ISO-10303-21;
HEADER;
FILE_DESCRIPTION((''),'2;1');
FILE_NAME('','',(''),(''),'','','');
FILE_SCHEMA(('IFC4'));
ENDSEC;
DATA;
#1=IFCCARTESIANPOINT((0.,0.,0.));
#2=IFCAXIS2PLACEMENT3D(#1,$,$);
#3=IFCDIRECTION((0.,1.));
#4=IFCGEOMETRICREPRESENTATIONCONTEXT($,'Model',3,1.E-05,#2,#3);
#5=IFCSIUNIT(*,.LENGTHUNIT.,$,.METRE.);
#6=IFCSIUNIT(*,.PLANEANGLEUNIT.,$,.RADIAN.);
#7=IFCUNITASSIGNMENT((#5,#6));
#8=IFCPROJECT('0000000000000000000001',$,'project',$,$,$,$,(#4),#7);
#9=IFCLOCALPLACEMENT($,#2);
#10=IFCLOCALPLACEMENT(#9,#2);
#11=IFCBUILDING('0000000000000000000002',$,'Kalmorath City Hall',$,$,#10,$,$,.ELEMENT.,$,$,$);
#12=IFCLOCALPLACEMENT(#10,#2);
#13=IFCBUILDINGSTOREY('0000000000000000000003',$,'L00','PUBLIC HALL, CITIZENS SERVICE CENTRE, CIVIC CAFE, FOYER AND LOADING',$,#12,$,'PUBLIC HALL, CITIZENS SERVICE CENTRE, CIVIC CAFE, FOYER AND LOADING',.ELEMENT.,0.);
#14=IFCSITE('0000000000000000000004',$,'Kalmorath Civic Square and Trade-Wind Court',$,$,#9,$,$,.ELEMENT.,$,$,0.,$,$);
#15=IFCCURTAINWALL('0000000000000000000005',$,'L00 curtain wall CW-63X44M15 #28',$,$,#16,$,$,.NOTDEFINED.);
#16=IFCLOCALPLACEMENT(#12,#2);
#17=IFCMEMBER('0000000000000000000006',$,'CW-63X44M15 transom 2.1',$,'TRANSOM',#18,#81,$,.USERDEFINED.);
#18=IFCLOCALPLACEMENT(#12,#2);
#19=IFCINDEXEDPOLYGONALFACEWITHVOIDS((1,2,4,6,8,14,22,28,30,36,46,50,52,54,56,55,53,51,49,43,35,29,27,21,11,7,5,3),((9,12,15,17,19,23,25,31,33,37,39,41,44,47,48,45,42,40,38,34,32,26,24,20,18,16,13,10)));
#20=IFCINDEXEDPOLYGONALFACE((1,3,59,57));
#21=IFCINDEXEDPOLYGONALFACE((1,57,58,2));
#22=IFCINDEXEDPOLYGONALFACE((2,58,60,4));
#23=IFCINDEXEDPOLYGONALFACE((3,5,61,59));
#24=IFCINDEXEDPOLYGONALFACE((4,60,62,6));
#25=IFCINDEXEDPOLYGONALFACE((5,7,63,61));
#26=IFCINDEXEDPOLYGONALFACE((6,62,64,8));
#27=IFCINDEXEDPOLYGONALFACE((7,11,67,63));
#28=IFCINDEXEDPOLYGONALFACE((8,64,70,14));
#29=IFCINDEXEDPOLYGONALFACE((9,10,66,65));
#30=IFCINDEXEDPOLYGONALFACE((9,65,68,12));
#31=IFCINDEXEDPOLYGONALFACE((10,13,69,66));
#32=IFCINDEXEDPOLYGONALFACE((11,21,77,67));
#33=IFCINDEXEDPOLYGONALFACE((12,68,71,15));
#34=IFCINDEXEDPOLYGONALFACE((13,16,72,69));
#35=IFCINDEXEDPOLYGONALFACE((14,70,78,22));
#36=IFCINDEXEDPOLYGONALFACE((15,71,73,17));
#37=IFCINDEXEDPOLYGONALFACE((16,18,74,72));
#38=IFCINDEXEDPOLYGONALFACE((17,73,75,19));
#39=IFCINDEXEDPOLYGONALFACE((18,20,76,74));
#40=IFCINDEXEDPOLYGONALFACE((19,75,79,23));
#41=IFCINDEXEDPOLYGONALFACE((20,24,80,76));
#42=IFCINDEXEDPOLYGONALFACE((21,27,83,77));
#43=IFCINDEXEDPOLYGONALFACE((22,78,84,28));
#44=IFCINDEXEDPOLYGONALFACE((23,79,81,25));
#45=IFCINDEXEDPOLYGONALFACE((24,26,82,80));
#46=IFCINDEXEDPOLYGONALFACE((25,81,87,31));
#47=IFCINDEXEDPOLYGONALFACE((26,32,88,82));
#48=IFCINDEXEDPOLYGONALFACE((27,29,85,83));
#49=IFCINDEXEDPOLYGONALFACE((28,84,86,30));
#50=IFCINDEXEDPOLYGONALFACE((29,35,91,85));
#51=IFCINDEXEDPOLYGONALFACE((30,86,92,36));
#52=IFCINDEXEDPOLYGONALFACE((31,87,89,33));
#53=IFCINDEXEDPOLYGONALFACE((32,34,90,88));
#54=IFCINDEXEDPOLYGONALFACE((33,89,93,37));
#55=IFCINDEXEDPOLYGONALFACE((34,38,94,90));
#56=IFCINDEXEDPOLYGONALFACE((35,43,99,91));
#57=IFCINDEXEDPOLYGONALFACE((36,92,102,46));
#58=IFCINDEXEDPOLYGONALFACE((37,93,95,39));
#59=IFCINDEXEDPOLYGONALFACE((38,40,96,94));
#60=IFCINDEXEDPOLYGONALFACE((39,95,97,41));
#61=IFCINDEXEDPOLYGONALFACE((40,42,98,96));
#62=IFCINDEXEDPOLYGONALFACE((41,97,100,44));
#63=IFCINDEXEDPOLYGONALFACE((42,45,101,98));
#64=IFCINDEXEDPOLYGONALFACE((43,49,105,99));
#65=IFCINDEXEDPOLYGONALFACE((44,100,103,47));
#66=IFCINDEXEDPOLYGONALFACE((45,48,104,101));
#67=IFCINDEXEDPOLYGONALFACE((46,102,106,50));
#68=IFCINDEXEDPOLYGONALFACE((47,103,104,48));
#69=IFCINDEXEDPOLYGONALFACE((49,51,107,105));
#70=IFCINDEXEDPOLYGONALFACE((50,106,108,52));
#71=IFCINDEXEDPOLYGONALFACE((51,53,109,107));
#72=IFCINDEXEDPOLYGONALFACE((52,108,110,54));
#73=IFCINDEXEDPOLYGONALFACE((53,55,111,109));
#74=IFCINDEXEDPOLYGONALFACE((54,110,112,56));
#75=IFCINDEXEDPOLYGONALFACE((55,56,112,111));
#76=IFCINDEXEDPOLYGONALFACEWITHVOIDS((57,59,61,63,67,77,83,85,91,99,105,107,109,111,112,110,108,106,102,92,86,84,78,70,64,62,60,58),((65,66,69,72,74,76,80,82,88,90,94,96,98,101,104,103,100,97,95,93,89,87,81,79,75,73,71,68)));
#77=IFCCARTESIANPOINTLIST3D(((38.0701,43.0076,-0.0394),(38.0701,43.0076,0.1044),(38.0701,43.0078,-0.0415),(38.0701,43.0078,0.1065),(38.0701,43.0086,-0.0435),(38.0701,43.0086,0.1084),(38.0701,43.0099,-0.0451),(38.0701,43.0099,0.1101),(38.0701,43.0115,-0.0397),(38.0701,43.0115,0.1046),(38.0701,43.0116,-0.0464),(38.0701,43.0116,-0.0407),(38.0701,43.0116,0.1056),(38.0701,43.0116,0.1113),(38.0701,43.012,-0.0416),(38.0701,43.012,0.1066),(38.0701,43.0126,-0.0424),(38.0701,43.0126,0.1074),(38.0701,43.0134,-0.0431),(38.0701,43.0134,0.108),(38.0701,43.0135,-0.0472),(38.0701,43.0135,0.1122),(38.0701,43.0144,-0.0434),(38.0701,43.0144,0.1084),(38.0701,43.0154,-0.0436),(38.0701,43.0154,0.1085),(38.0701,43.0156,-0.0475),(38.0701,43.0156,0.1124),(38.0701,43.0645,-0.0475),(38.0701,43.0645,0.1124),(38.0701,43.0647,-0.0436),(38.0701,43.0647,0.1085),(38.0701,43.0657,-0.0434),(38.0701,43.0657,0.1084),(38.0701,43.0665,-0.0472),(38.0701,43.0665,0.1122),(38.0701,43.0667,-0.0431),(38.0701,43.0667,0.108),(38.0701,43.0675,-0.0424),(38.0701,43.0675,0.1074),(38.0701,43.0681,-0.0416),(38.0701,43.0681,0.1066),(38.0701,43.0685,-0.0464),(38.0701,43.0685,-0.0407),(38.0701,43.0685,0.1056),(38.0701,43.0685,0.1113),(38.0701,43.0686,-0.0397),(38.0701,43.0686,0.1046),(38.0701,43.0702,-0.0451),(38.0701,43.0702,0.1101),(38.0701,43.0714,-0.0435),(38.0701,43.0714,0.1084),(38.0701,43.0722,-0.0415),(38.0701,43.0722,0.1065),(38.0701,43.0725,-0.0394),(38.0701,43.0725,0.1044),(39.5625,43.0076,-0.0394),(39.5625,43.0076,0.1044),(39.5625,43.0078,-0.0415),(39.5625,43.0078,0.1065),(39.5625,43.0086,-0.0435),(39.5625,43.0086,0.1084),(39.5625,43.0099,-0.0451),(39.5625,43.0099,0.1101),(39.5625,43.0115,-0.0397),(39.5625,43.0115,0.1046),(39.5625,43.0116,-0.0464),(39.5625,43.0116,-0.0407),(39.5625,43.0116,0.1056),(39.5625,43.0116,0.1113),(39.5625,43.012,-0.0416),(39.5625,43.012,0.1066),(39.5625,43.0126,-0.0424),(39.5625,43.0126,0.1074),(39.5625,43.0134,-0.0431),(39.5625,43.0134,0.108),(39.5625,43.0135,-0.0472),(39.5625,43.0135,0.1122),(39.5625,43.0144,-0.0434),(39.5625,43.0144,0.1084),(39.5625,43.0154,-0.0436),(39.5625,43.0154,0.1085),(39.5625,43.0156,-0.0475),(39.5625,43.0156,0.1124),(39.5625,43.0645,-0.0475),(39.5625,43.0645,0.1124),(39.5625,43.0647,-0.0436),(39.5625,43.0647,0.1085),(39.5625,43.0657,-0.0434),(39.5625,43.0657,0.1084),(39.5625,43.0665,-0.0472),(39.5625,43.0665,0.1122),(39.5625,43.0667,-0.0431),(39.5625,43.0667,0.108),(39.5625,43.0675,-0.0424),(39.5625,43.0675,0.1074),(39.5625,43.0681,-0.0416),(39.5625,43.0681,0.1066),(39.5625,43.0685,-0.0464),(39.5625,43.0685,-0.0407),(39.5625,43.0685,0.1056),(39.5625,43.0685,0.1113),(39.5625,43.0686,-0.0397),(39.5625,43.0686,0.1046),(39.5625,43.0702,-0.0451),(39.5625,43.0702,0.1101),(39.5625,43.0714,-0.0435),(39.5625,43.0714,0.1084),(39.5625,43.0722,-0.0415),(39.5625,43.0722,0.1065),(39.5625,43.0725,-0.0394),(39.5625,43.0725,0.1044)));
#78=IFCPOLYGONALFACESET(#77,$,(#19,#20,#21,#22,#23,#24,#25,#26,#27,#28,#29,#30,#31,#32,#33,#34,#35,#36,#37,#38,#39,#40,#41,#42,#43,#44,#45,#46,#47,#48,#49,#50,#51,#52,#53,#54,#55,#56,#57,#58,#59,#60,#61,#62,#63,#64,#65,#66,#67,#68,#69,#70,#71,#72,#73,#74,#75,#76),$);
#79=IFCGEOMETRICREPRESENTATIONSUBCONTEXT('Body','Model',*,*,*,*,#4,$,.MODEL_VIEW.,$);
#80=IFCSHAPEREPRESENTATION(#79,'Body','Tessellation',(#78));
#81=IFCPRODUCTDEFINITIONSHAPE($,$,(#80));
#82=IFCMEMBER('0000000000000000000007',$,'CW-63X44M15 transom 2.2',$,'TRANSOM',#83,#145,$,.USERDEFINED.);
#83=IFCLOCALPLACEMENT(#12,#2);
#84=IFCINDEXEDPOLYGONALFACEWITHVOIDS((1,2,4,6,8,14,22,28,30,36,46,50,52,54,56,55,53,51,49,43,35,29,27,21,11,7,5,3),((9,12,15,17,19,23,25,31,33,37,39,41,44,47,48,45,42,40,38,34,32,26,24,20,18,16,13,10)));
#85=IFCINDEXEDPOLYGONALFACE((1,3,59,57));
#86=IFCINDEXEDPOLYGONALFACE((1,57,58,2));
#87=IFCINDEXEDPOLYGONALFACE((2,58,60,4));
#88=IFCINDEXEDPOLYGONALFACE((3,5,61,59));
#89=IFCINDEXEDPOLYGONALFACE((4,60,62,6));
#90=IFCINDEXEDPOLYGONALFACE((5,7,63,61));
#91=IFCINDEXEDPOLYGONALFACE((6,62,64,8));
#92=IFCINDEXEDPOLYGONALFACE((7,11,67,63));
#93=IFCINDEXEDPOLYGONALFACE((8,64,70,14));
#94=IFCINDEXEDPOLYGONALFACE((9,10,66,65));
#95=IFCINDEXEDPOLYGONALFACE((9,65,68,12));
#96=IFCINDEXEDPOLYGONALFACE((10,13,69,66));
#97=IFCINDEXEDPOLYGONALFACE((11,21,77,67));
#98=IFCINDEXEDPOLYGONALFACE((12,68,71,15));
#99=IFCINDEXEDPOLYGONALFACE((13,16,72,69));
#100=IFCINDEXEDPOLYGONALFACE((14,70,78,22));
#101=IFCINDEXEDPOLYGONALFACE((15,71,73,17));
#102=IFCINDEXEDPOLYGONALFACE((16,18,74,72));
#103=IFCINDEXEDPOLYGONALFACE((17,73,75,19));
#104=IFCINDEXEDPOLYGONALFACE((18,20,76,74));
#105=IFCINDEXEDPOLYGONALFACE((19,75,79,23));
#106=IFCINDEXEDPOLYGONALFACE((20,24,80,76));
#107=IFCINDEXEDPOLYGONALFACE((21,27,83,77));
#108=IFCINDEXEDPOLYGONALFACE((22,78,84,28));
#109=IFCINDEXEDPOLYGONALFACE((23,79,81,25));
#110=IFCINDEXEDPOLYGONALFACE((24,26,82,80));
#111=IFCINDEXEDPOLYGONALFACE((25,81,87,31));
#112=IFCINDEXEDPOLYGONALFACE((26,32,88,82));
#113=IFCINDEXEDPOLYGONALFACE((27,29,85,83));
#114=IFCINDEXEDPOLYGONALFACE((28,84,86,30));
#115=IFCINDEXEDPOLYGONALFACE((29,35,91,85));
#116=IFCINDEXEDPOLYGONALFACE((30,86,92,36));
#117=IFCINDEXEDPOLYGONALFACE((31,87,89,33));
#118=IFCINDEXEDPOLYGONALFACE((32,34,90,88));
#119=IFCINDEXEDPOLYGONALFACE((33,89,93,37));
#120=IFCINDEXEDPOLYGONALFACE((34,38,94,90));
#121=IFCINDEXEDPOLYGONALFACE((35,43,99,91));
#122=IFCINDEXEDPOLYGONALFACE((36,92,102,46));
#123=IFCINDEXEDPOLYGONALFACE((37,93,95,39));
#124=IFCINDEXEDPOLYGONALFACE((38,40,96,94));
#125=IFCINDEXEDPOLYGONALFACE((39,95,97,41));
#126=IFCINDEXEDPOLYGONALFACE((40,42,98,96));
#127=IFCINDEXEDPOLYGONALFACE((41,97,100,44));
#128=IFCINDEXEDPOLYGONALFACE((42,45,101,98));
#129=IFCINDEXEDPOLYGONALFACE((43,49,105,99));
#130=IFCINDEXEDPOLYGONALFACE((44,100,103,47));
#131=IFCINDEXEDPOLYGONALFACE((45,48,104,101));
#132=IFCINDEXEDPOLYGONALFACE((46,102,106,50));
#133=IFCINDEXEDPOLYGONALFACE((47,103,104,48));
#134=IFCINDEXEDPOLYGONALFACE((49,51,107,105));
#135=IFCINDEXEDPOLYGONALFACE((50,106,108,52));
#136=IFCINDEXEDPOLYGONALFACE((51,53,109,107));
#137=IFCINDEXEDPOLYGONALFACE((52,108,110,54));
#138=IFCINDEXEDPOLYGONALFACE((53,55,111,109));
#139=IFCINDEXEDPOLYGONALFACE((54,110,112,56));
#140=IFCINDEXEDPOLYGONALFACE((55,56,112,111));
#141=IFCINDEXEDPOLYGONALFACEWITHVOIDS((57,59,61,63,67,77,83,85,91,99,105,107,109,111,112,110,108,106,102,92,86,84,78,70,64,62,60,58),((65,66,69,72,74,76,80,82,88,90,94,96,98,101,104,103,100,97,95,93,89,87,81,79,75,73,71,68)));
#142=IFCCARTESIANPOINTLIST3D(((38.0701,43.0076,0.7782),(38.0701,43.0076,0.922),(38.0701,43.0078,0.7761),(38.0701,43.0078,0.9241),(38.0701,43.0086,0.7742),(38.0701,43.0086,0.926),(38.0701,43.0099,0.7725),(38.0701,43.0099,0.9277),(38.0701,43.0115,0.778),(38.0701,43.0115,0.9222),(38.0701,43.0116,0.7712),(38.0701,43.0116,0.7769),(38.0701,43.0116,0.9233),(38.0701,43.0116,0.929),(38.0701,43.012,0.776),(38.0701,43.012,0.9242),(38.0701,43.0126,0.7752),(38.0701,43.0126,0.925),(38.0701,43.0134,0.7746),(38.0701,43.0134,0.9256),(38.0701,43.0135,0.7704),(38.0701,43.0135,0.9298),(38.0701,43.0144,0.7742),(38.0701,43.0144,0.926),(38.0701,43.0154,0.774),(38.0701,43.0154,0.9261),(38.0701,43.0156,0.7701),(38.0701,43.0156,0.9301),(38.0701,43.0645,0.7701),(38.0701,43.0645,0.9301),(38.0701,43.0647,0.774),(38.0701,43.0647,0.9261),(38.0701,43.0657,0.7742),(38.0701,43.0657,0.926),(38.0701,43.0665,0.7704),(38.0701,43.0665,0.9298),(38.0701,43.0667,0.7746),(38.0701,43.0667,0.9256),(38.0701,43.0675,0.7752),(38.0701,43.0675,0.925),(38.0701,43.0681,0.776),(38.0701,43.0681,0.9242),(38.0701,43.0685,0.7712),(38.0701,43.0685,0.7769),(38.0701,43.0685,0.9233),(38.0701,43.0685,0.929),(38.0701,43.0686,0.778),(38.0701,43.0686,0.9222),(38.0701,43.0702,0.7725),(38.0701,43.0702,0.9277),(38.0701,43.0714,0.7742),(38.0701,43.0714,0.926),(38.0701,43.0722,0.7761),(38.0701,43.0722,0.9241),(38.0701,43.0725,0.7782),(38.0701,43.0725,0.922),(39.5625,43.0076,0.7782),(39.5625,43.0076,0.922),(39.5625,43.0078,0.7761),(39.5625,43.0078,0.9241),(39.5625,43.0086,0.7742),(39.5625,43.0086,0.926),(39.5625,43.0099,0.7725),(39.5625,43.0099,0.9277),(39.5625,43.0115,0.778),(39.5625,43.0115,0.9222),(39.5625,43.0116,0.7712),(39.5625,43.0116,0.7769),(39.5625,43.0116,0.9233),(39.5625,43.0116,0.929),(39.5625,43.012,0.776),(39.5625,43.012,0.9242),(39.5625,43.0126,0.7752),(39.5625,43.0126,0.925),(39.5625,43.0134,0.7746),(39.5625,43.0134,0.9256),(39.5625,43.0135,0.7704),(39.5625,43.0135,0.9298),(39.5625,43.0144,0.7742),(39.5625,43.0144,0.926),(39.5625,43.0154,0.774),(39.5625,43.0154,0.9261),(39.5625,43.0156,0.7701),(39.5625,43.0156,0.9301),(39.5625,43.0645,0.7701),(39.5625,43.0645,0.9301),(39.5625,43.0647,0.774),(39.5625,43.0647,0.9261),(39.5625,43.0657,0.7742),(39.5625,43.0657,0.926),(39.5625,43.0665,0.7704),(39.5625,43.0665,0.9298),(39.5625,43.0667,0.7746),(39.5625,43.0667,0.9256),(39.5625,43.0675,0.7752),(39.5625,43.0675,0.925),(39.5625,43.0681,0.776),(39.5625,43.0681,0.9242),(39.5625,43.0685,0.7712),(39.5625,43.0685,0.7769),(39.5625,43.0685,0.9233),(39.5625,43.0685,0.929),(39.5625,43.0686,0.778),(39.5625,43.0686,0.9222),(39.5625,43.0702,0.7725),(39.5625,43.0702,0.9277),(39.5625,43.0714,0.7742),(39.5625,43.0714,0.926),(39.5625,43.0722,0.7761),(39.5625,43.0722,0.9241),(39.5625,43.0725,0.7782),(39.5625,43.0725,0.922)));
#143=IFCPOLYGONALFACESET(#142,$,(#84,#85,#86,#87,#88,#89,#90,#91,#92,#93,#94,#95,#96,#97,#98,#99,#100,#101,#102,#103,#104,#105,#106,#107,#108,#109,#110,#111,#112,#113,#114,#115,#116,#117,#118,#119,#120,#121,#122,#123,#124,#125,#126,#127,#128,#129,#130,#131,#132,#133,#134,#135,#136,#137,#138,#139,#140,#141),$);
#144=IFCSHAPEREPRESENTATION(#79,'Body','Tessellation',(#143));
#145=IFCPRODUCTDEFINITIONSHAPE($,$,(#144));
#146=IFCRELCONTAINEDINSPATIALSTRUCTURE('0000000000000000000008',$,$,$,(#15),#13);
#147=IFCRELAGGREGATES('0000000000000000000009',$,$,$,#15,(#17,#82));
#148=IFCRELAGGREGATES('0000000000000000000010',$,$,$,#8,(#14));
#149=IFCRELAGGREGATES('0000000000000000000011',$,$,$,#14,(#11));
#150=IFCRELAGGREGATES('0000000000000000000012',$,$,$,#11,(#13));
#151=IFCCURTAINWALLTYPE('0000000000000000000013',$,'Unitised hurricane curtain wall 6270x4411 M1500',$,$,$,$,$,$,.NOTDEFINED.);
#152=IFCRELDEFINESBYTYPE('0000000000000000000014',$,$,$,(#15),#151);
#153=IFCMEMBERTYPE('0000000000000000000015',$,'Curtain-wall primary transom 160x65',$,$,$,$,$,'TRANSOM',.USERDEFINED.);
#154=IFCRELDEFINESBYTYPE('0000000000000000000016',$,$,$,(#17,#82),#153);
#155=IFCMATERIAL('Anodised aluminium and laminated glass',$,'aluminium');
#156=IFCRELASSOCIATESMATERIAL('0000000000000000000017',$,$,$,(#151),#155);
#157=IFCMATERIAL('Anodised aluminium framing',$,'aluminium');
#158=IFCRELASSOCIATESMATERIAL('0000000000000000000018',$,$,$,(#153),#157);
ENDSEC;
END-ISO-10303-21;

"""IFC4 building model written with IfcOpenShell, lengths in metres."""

from ifc_helpers import new_model, si_unit, direction, frame, origin, origin_2d, place, context, subcontext, project, spatial, hollow_rectangle, extrude, material, material_profile, profile_set, type_object, element, aggregate, save


model = new_model("IFC4")

# Units and contexts
model_context = context("Model", 3, precision=1e-05, world=origin(), true_north=direction((0.0, 1.0)))
body_context = subcontext(model_context, "Body", "Model", "MODEL_VIEW")
ifc_project = project(units=[si_unit("LENGTHUNIT", "METRE"), si_unit("PLANEANGLEUNIT", "RADIAN")], contexts=[model_context])

# Site, building, storey
site_placement = place(None, origin())
site = spatial("IfcSite", under=ifc_project, at=site_placement, Name="Kalmorath Civic Square and Trade-Wind Court", CompositionType="ELEMENT", RefElevation=0.0)
building_placement = place(site_placement, origin())
building = spatial("IfcBuilding", under=site, at=building_placement, Name="Kalmorath City Hall", CompositionType="ELEMENT")
storey_placement = place(building_placement, origin())
storey = spatial("IfcBuildingStorey", under=building, at=storey_placement, Name="L00", Description="PUBLIC HALL, CITIZENS SERVICE CENTRE, CIVIC CAFE, FOYER AND LOADING", LongName="PUBLIC HALL, CITIZENS SERVICE CENTRE, CIVIC CAFE, FOYER AND LOADING", CompositionType="ELEMENT", Elevation=0.0)

# Curtain wall
ifc_material_1 = material(Name="Anodised aluminium and laminated glass", Category="aluminium")
curtain_wall_type_1 = type_object("IfcCurtainWallType", Name="Unitised hurricane curtain wall 6270x4411 M1500", PredefinedType="NOTDEFINED", material=ifc_material_1)
curtain_wall_1_placement = place(storey_placement, origin())
curtain_wall_1 = element("IfcCurtainWall", 1, at=curtain_wall_1_placement, inside=storey, type_object=curtain_wall_type_1, Name="L00 curtain wall CW-63X44M15 #28", PredefinedType="NOTDEFINED")

# Members
ifc_material_2 = material(Name="Anodised aluminium framing", Category="aluminium")
ifc_material_profile_1 = material_profile(ifc_material_2, hollow_rectangle(XDim=0.0649, YDim=0.1599, WallThickness=0.0039, InnerFilletRadius=0.0039, OuterFilletRadius=0.0081, at=origin_2d()), Name="ALU-TRN-160X65X4")
ifc_profile_set_1 = profile_set([ifc_material_profile_1], Name="Anodised aluminium framing")
member_type_1 = type_object("IfcMemberType", Name="Curtain-wall primary transom 160x65", ElementType="TRANSOM", PredefinedType="USERDEFINED", material=ifc_profile_set_1)
member_1_placement = place(storey_placement, frame((38.0701, 43.04, 0.0325), z_axis=(1.0, 0.0, 0.0), x_axis=(0.0, 1.0, 0.0)))
member_1 = element("IfcMember", 2, at=member_1_placement, type_object=member_type_1, Name="CW-63X44M15 transom 2.1", ObjectType="TRANSOM", PredefinedType="USERDEFINED", context=body_context, shape_type="SweptSolid", body=[
    extrude(hollow_rectangle(XDim=0.0649, YDim=0.1599, WallThickness=0.0039, InnerFilletRadius=0.0039, OuterFilletRadius=0.0081, at=origin_2d()), origin(), (0.0, 0.0, 1.0), 1.4924),
])
member_2_placement = place(storey_placement, frame((38.0701, 43.04, 0.8501), z_axis=(1.0, 0.0, 0.0), x_axis=(0.0, 1.0, 0.0)))
member_2 = element("IfcMember", 3, at=member_2_placement, type_object=member_type_1, Name="CW-63X44M15 transom 2.2", ObjectType="TRANSOM", PredefinedType="USERDEFINED", context=body_context, shape_type="SweptSolid", body=[
    extrude(hollow_rectangle(XDim=0.0649, YDim=0.1599, WallThickness=0.0039, InnerFilletRadius=0.0039, OuterFilletRadius=0.0081, at=origin_2d()), origin(), (0.0, 0.0, 1.0), 1.4924),
])

aggregate(curtain_wall_1, [member_1, member_2])

save(model, "model.ifc")
